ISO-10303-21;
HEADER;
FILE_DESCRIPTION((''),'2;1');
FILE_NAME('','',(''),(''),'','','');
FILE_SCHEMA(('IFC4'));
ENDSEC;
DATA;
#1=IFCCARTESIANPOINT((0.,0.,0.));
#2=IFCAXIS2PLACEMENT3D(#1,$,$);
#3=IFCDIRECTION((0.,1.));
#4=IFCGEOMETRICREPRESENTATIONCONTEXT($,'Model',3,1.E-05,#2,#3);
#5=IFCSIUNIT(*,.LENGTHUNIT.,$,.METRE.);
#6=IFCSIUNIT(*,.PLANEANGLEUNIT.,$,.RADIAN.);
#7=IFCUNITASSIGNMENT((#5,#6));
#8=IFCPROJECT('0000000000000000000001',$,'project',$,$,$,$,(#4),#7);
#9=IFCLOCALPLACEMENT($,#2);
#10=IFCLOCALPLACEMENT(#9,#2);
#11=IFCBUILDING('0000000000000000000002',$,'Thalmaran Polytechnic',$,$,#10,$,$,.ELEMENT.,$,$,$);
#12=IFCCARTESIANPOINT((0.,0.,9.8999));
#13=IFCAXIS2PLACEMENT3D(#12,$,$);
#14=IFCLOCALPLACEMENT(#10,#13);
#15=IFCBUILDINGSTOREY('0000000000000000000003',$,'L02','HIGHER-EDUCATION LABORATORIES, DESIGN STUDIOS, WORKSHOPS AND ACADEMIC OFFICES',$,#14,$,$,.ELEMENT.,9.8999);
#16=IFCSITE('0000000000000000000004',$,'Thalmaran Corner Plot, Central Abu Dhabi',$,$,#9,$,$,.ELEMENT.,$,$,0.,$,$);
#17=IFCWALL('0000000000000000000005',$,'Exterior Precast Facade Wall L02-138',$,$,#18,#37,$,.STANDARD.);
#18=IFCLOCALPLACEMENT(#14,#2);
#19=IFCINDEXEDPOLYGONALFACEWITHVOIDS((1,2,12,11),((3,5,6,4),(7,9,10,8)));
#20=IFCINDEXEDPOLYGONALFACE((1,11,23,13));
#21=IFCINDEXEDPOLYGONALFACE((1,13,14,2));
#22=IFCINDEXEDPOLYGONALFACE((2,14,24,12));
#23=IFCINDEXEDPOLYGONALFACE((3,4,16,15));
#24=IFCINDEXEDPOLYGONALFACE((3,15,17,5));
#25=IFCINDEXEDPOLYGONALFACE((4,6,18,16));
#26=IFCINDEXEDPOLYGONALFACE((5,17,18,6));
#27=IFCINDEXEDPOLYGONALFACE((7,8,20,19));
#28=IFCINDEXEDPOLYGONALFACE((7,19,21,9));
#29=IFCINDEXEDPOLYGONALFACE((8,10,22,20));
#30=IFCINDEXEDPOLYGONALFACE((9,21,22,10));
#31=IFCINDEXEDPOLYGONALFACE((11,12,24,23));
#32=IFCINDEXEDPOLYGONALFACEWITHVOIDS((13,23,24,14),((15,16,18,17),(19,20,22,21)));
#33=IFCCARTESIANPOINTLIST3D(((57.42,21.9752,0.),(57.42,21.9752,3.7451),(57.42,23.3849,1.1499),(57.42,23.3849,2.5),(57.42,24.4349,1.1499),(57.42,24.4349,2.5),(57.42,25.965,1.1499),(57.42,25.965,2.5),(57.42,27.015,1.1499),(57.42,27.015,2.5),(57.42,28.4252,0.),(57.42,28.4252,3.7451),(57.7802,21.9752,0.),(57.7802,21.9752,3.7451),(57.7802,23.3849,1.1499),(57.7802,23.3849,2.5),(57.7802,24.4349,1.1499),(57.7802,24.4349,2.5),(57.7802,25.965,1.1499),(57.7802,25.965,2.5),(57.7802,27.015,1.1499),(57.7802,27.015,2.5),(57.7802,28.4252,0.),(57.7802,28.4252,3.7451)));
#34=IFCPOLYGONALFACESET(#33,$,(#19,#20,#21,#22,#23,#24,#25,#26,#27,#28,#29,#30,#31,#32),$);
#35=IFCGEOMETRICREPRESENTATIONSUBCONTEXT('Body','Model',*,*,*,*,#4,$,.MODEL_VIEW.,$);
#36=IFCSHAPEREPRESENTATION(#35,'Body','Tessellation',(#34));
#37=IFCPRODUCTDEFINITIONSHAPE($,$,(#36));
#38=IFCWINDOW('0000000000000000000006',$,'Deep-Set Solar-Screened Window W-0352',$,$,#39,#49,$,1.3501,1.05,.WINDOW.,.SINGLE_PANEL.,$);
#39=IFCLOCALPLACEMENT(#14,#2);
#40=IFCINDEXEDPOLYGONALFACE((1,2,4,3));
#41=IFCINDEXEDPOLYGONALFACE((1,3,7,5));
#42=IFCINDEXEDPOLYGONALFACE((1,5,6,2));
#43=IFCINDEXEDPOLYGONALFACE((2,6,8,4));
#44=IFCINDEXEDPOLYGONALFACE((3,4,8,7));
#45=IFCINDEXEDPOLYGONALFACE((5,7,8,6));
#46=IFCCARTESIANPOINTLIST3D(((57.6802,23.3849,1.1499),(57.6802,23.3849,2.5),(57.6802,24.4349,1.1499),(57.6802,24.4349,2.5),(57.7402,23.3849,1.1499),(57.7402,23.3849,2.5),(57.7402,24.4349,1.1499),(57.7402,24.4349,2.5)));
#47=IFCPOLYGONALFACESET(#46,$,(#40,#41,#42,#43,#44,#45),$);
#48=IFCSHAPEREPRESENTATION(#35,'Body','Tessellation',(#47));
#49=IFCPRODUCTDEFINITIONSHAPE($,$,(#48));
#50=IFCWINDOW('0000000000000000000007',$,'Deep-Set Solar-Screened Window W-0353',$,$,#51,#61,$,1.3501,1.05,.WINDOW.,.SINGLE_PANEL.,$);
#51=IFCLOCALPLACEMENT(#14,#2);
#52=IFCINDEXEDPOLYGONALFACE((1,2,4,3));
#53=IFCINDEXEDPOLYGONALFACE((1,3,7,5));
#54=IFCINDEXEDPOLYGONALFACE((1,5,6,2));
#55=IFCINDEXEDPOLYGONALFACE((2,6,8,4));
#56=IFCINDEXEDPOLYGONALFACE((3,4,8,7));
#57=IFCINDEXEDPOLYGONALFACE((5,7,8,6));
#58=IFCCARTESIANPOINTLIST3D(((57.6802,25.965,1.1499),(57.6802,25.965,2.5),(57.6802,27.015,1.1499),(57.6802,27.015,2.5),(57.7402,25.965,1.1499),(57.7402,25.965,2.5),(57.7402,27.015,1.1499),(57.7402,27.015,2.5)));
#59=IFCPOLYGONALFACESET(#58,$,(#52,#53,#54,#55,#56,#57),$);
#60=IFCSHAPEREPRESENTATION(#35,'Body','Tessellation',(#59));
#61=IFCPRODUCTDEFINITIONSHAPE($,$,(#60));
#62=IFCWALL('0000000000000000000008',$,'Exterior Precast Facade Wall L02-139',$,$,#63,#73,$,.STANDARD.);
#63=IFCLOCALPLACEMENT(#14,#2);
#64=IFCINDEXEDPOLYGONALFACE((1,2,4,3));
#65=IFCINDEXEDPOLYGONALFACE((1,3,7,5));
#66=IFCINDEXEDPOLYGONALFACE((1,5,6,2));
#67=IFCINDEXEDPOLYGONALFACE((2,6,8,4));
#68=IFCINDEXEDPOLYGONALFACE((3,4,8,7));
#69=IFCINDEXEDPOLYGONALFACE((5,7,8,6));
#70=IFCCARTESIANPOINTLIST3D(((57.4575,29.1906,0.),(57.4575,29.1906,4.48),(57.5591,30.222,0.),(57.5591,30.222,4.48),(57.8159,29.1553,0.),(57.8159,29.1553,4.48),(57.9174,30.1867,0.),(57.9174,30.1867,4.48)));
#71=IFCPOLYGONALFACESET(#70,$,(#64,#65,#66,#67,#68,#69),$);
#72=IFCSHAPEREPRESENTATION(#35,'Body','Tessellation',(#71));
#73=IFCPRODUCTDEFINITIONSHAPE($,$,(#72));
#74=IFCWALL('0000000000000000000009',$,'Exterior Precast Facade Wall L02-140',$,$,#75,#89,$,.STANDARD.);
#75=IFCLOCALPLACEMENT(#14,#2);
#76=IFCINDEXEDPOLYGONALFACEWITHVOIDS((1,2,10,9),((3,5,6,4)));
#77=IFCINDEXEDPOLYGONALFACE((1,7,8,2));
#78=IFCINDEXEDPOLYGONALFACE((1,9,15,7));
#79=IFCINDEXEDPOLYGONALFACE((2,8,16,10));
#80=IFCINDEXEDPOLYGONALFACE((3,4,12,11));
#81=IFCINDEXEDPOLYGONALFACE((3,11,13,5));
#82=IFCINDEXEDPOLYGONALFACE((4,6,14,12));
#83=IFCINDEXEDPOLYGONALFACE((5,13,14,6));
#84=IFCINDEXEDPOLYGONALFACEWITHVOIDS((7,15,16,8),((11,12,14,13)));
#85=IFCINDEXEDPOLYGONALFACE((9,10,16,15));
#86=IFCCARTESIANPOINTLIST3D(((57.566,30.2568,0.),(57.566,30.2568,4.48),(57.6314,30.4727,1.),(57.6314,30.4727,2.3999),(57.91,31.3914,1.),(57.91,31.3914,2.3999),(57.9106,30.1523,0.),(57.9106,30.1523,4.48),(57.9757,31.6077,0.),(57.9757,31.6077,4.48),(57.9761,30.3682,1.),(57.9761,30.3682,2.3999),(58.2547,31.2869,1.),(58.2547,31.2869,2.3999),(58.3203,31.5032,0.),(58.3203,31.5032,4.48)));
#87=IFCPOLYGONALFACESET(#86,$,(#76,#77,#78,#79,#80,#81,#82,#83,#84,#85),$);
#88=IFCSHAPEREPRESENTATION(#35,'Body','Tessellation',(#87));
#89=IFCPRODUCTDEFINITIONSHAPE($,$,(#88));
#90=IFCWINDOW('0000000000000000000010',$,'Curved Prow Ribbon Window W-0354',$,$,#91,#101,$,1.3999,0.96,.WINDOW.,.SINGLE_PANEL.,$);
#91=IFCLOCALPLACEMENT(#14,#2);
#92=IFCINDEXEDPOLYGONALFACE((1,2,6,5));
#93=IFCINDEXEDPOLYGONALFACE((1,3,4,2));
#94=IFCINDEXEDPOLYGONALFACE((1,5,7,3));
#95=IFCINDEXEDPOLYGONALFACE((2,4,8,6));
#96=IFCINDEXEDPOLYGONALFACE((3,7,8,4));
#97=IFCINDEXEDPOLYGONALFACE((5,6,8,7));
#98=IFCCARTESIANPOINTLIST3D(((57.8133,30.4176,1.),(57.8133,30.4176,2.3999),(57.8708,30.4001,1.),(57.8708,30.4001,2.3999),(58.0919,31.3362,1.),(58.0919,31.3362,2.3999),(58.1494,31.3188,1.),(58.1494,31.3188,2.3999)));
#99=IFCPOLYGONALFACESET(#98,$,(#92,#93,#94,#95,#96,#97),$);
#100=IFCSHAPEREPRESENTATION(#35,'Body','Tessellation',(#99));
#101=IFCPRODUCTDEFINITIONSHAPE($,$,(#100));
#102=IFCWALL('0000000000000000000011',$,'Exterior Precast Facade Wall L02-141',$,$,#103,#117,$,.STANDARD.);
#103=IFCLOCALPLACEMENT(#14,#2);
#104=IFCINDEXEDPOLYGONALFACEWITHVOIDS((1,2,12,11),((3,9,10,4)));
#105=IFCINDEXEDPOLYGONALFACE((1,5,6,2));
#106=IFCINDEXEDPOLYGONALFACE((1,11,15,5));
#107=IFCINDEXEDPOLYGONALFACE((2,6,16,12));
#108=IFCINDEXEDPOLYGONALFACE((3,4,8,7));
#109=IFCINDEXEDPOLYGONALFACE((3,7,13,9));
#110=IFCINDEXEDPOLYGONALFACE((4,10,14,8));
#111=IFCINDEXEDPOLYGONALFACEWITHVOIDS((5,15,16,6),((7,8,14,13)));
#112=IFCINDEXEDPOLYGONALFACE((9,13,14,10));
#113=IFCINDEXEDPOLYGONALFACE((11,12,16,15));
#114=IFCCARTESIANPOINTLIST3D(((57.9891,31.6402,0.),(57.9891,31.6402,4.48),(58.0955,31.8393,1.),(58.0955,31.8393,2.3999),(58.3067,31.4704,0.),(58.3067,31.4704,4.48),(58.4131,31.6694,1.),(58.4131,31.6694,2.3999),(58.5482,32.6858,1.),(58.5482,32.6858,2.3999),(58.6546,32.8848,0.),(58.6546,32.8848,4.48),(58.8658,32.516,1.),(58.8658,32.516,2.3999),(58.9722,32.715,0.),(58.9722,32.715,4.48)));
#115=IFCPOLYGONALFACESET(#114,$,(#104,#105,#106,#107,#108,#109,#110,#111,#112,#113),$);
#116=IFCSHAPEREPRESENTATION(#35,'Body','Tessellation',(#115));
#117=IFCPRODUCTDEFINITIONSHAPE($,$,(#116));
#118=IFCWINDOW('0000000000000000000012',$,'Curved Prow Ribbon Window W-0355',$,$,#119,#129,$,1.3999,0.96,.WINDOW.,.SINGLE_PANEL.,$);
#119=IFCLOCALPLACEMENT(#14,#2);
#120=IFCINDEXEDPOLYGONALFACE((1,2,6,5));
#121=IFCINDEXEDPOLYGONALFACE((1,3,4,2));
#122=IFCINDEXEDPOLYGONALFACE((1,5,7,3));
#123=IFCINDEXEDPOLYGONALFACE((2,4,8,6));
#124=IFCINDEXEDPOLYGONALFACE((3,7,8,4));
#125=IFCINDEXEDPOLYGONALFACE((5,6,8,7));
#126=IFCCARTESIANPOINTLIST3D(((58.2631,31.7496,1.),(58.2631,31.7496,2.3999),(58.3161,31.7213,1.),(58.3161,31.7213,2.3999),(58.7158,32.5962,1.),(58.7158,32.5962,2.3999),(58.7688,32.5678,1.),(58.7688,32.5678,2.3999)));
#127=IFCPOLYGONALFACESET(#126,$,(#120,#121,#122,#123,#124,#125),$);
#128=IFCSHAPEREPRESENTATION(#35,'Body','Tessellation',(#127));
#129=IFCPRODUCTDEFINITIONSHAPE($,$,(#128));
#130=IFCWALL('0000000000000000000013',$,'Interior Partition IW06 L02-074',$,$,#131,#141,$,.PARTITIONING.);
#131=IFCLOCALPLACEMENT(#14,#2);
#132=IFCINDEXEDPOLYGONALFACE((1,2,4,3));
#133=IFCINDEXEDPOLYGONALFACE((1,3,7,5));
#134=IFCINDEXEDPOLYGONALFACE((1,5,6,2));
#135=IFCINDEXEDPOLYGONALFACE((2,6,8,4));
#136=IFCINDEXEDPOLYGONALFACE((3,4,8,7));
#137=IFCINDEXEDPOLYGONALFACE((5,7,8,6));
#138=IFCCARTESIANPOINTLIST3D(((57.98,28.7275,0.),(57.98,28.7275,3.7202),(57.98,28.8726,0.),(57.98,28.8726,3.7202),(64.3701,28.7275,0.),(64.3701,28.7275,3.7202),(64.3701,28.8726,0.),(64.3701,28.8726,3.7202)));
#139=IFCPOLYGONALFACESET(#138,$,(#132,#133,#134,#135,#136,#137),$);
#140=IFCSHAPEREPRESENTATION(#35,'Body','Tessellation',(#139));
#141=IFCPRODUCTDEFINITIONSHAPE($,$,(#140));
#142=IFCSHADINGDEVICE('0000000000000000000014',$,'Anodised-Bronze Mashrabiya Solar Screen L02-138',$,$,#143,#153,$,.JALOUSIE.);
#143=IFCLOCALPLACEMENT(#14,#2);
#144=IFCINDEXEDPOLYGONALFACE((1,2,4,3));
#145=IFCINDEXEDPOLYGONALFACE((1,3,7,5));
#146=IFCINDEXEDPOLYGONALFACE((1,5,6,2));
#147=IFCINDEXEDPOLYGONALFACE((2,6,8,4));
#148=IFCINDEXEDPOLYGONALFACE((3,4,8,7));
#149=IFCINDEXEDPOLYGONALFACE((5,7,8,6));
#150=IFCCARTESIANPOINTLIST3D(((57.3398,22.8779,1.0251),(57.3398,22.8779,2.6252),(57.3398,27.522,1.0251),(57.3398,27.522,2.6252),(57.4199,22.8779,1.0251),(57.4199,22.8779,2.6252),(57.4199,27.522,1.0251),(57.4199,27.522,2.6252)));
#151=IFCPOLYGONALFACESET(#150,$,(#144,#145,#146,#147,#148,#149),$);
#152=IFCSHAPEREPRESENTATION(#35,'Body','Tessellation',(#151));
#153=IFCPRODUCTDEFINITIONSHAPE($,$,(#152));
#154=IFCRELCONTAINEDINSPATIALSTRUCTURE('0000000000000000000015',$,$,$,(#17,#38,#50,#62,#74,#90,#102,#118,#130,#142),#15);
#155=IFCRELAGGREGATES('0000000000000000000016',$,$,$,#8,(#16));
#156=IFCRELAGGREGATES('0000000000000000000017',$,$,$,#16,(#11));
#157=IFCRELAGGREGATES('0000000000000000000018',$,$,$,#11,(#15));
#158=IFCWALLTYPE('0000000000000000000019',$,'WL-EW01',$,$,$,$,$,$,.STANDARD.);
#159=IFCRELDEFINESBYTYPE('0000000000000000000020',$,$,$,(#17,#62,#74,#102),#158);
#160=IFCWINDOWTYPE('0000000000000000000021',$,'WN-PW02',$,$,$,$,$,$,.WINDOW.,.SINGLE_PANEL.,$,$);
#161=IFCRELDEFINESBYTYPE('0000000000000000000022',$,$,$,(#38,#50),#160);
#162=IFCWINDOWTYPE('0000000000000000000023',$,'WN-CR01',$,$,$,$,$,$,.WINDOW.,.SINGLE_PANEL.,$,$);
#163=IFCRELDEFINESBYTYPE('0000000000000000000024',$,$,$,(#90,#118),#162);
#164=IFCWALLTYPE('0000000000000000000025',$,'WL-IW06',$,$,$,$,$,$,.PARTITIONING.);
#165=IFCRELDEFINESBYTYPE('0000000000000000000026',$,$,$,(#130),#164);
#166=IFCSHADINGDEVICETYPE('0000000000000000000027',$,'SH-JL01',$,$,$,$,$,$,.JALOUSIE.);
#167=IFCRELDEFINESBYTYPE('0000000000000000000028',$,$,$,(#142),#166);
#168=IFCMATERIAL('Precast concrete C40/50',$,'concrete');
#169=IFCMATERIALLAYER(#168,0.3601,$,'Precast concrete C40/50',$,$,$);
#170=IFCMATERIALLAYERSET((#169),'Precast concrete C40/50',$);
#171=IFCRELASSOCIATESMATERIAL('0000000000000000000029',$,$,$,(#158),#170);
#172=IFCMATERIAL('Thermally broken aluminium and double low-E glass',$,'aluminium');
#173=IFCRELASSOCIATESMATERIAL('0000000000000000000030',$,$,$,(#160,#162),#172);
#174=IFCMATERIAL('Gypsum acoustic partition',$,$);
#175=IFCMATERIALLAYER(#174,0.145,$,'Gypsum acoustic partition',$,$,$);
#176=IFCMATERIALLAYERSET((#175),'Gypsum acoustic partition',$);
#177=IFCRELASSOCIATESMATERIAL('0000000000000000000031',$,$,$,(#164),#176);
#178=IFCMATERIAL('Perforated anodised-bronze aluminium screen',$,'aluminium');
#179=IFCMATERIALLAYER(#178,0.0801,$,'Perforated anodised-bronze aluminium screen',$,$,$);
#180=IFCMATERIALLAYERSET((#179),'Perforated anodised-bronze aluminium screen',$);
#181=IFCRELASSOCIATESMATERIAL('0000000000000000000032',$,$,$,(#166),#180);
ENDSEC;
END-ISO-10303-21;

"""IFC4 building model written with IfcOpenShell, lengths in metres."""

from ifc_helpers import new_model, si_unit, direction, frame, frame_2d, origin, origin_2d, place, context, subcontext, project, spatial, rectangle, extrude, material, layer, layer_set, type_object, element, fill, save


model = new_model("IFC4")

# Units and contexts
model_context = context("Model", 3, precision=1e-05, world=origin(), true_north=direction((0.0, 1.0)))
body_context = subcontext(model_context, "Body", "Model", "MODEL_VIEW")
ifc_project = project(units=[si_unit("LENGTHUNIT", "METRE"), si_unit("PLANEANGLEUNIT", "RADIAN")], contexts=[model_context])

# Site, building, storey
site_placement = place(None, origin())
site = spatial("IfcSite", under=ifc_project, at=site_placement, Name="Thalmaran Corner Plot, Central Abu Dhabi", CompositionType="ELEMENT", RefElevation=0.0)
building_placement = place(site_placement, origin())
building = spatial("IfcBuilding", under=site, at=building_placement, Name="Thalmaran Polytechnic", CompositionType="ELEMENT")
storey_placement = place(building_placement, frame((0.0, 0.0, 9.8999)))
storey = spatial("IfcBuildingStorey", under=building, at=storey_placement, Name="L02", Description="HIGHER-EDUCATION LABORATORIES, DESIGN STUDIOS, WORKSHOPS AND ACADEMIC OFFICES", CompositionType="ELEMENT", Elevation=9.8999)

# Wall, openings, windows
ifc_material_1 = material(Name="Precast concrete C40/50", Category="concrete")
ifc_layer_1 = layer(ifc_material_1, 0.3601, Name="Precast concrete C40/50")
ifc_layer_set_1 = layer_set([ifc_layer_1], Name="Precast concrete C40/50")
wall_type_1 = type_object("IfcWallType", Name="WL-EW01", PredefinedType="STANDARD", material=ifc_layer_set_1)
wall_1_placement = place(storey_placement, frame((57.6001, 21.9751, 0.0), z_axis=(0.0, 0.0, 1.0), x_axis=(0.0, 1.0, 0.0)))
wall_1 = element("IfcWall", 1, at=wall_1_placement, inside=storey, type_object=wall_type_1, Name="Exterior Precast Facade Wall L02-138", PredefinedType="STANDARD", context=body_context, shape_type="SweptSolid", body=[
    extrude(rectangle(XDim=6.45, YDim=0.3601, at=frame_2d((3.2251, 0.0))), origin(), (0.0, 0.0, 1.0), 3.7451),
])
opening_1_placement = place(wall_1_placement, frame((1.4099, 0.0, 1.1499)))
opening_1 = element("IfcOpeningElement", 2, at=opening_1_placement, cuts=wall_1, PredefinedType="OPENING", context=body_context, shape_type="SweptSolid", body=[
    extrude(rectangle(XDim=1.05, YDim=1.3501, at=frame_2d((0.5249, 0.675))), frame((0.0, 0.1899, 0.0), z_axis=(0.0, -1.0, 0.0), x_axis=(1.0, 0.0, 0.0)), (0.0, 0.0, 1.0), 0.3801),
])
opening_2_placement = place(wall_1_placement, frame((3.99, 0.0, 1.1499)))
opening_2 = element("IfcOpeningElement", 3, at=opening_2_placement, cuts=wall_1, PredefinedType="OPENING", context=body_context, shape_type="SweptSolid", body=[
    extrude(rectangle(XDim=1.05, YDim=1.3501, at=frame_2d((0.5249, 0.675))), frame((0.0, 0.1899, 0.0), z_axis=(0.0, -1.0, 0.0), x_axis=(1.0, 0.0, 0.0)), (0.0, 0.0, 1.0), 0.3801),
])
ifc_material_2 = material(Name="Thermally broken aluminium and double low-E glass", Category="aluminium")
window_type_1 = type_object("IfcWindowType", Name="WN-PW02", PartitioningType="SINGLE_PANEL", PredefinedType="WINDOW", material=ifc_material_2)
window_1_placement = place(opening_1_placement, origin())
window_1 = element("IfcWindow", 4, at=window_1_placement, inside=storey, type_object=window_type_1, Name="Deep-Set Solar-Screened Window W-0352", OverallHeight=1.3501, OverallWidth=1.05, PartitioningType="SINGLE_PANEL", PredefinedType="WINDOW", context=body_context, shape_type="SweptSolid", body=[
    extrude(rectangle(XDim=1.05, YDim=1.3501, at=frame_2d((0.5249, 0.675))), frame((0.0, -0.0801, 0.0), z_axis=(0.0, -1.0, 0.0), x_axis=(1.0, 0.0, 0.0)), (0.0, 0.0, 1.0), 0.0601),
])
fill(opening_1, window_1)
window_2_placement = place(opening_2_placement, origin())
window_2 = element("IfcWindow", 5, at=window_2_placement, inside=storey, type_object=window_type_1, Name="Deep-Set Solar-Screened Window W-0353", OverallHeight=1.3501, OverallWidth=1.05, PartitioningType="SINGLE_PANEL", PredefinedType="WINDOW", context=body_context, shape_type="SweptSolid", body=[
    extrude(rectangle(XDim=1.05, YDim=1.3501, at=frame_2d((0.5249, 0.675))), frame((0.0, -0.0801, 0.0), z_axis=(0.0, -1.0, 0.0), x_axis=(1.0, 0.0, 0.0)), (0.0, 0.0, 1.0), 0.0601),
])
fill(opening_2, window_2)

# Wall
wall_2_placement = place(storey_placement, frame((57.6367, 29.1731, 0.0), z_axis=(0.0, 0.0, 1.0), x_axis=(0.097988, 0.995188, 0.0)))
element("IfcWall", 6, at=wall_2_placement, inside=storey, type_object=wall_type_1, Name="Exterior Precast Facade Wall L02-139", PredefinedType="STANDARD", context=body_context, shape_type="SweptSolid", body=[
    extrude(rectangle(XDim=1.0364, YDim=0.3601, at=frame_2d((0.5181, 0.0))), origin(), (0.0, 0.0, 1.0), 4.48),
])

# Walls, openings, windows
wall_3_placement = place(storey_placement, frame((57.7383, 30.2046, 0.0), z_axis=(0.0, 0.0, 1.0), x_axis=(0.290219, 0.95696, 0.0)))
wall_3 = element("IfcWall", 7, at=wall_3_placement, inside=storey, type_object=wall_type_1, Name="Exterior Precast Facade Wall L02-140", PredefinedType="STANDARD", context=body_context, shape_type="SweptSolid", body=[
    extrude(rectangle(XDim=1.4116, YDim=0.3601, at=frame_2d((0.7058, 0.0))), origin(), (0.0, 0.0, 1.0), 4.48),
])
opening_3_placement = place(wall_3_placement, frame((0.2256, 0.0, 1.0)))
opening_3 = element("IfcOpeningElement", 8, at=opening_3_placement, cuts=wall_3, PredefinedType="OPENING", context=body_context, shape_type="SweptSolid", body=[
    extrude(rectangle(XDim=0.96, YDim=1.3999, at=frame_2d((0.48, 0.7))), frame((0.0, 0.1899, 0.0), z_axis=(0.0, -1.0, 0.0), x_axis=(1.0, 0.0, 0.0)), (0.0, 0.0, 1.0), 0.3801),
])
window_type_2 = type_object("IfcWindowType", Name="WN-CR01", PartitioningType="SINGLE_PANEL", PredefinedType="WINDOW", material=ifc_material_2)
window_3_placement = place(opening_3_placement, origin())
window_3 = element("IfcWindow", 9, at=window_3_placement, inside=storey, type_object=window_type_2, Name="Curved Prow Ribbon Window W-0354", OverallHeight=1.3999, OverallWidth=0.96, PartitioningType="SINGLE_PANEL", PredefinedType="WINDOW", context=body_context, shape_type="SweptSolid", body=[
    extrude(rectangle(XDim=0.96, YDim=1.3999, at=frame_2d((0.48, 0.7))), frame((0.0, -0.01, 0.0), z_axis=(0.0, -1.0, 0.0), x_axis=(1.0, 0.0, 0.0)), (0.0, 0.0, 1.0), 0.0601),
])
fill(opening_3, window_3)
wall_4_placement = place(storey_placement, frame((58.1479, 31.5554, 0.0), z_axis=(0.0, 0.0, 1.0), x_axis=(0.47154, 0.881845, 0.0)))
wall_4 = element("IfcWall", 10, at=wall_4_placement, inside=storey, type_object=wall_type_1, Name="Exterior Precast Facade Wall L02-141", PredefinedType="STANDARD", context=body_context, shape_type="SweptSolid", body=[
    extrude(rectangle(XDim=1.4114, YDim=0.3601, at=frame_2d((0.7056, 0.0))), origin(), (0.0, 0.0, 1.0), 4.48),
])
opening_4_placement = place(wall_4_placement, frame((0.2256, 0.0, 1.0)))
opening_4 = element("IfcOpeningElement", 11, at=opening_4_placement, cuts=wall_4, PredefinedType="OPENING", context=body_context, shape_type="SweptSolid", body=[
    extrude(rectangle(XDim=0.96, YDim=1.3999, at=frame_2d((0.48, 0.7))), frame((0.0, 0.1899, 0.0), z_axis=(0.0, -1.0, 0.0), x_axis=(1.0, 0.0, 0.0)), (0.0, 0.0, 1.0), 0.3801),
])
window_4_placement = place(opening_4_placement, origin())
window_4 = element("IfcWindow", 12, at=window_4_placement, inside=storey, type_object=window_type_2, Name="Curved Prow Ribbon Window W-0355", OverallHeight=1.3999, OverallWidth=0.96, PartitioningType="SINGLE_PANEL", PredefinedType="WINDOW", context=body_context, shape_type="SweptSolid", body=[
    extrude(rectangle(XDim=0.96, YDim=1.3999, at=frame_2d((0.48, 0.7))), frame((0.0, -0.01, 0.0), z_axis=(0.0, -1.0, 0.0), x_axis=(1.0, 0.0, 0.0)), (0.0, 0.0, 1.0), 0.0601),
])
fill(opening_4, window_4)

# Wall
ifc_material_3 = material(Name="Gypsum acoustic partition")
ifc_layer_2 = layer(ifc_material_3, 0.145, Name="Gypsum acoustic partition")
ifc_layer_set_2 = layer_set([ifc_layer_2], Name="Gypsum acoustic partition")
wall_type_2 = type_object("IfcWallType", Name="WL-IW06", PredefinedType="PARTITIONING", material=ifc_layer_set_2)
wall_5_placement = place(storey_placement, frame((57.98, 28.8, 0.0), z_axis=(0.0, 0.0, 1.0), x_axis=(1.0, 0.0, 0.0)))
element("IfcWall", 13, at=wall_5_placement, inside=storey, type_object=wall_type_2, Name="Interior Partition IW06 L02-074", PredefinedType="PARTITIONING", context=body_context, shape_type="SweptSolid", body=[
    extrude(rectangle(XDim=6.3901, YDim=0.145, at=frame_2d((3.1951, 0.0))), origin(), (0.0, 0.0, 1.0), 3.7202),
])

# Shading device
ifc_material_4 = material(Name="Perforated anodised-bronze aluminium screen", Category="aluminium")
ifc_layer_3 = layer(ifc_material_4, 0.0801, Name="Perforated anodised-bronze aluminium screen")
ifc_layer_set_3 = layer_set([ifc_layer_3], Name="Perforated anodised-bronze aluminium screen")
shading_device_type = type_object("IfcShadingDeviceType", Name="SH-JL01", PredefinedType="JALOUSIE", material=ifc_layer_set_3)
shading_device_placement = place(storey_placement, frame((57.3799, 25.2, 1.0251), z_axis=(0.0, 0.0, 1.0), x_axis=(0.0, 1.0, 0.0)))
element("IfcShadingDevice", 14, at=shading_device_placement, inside=storey, type_object=shading_device_type, Name="Anodised-Bronze Mashrabiya Solar Screen L02-138", PredefinedType="JALOUSIE", context=body_context, shape_type="SweptSolid", body=[
    extrude(rectangle(XDim=4.644, YDim=0.0801, at=origin_2d()), origin(), (0.0, 0.0, 1.0), 1.6001),
])

save(model, "model.ifc")
